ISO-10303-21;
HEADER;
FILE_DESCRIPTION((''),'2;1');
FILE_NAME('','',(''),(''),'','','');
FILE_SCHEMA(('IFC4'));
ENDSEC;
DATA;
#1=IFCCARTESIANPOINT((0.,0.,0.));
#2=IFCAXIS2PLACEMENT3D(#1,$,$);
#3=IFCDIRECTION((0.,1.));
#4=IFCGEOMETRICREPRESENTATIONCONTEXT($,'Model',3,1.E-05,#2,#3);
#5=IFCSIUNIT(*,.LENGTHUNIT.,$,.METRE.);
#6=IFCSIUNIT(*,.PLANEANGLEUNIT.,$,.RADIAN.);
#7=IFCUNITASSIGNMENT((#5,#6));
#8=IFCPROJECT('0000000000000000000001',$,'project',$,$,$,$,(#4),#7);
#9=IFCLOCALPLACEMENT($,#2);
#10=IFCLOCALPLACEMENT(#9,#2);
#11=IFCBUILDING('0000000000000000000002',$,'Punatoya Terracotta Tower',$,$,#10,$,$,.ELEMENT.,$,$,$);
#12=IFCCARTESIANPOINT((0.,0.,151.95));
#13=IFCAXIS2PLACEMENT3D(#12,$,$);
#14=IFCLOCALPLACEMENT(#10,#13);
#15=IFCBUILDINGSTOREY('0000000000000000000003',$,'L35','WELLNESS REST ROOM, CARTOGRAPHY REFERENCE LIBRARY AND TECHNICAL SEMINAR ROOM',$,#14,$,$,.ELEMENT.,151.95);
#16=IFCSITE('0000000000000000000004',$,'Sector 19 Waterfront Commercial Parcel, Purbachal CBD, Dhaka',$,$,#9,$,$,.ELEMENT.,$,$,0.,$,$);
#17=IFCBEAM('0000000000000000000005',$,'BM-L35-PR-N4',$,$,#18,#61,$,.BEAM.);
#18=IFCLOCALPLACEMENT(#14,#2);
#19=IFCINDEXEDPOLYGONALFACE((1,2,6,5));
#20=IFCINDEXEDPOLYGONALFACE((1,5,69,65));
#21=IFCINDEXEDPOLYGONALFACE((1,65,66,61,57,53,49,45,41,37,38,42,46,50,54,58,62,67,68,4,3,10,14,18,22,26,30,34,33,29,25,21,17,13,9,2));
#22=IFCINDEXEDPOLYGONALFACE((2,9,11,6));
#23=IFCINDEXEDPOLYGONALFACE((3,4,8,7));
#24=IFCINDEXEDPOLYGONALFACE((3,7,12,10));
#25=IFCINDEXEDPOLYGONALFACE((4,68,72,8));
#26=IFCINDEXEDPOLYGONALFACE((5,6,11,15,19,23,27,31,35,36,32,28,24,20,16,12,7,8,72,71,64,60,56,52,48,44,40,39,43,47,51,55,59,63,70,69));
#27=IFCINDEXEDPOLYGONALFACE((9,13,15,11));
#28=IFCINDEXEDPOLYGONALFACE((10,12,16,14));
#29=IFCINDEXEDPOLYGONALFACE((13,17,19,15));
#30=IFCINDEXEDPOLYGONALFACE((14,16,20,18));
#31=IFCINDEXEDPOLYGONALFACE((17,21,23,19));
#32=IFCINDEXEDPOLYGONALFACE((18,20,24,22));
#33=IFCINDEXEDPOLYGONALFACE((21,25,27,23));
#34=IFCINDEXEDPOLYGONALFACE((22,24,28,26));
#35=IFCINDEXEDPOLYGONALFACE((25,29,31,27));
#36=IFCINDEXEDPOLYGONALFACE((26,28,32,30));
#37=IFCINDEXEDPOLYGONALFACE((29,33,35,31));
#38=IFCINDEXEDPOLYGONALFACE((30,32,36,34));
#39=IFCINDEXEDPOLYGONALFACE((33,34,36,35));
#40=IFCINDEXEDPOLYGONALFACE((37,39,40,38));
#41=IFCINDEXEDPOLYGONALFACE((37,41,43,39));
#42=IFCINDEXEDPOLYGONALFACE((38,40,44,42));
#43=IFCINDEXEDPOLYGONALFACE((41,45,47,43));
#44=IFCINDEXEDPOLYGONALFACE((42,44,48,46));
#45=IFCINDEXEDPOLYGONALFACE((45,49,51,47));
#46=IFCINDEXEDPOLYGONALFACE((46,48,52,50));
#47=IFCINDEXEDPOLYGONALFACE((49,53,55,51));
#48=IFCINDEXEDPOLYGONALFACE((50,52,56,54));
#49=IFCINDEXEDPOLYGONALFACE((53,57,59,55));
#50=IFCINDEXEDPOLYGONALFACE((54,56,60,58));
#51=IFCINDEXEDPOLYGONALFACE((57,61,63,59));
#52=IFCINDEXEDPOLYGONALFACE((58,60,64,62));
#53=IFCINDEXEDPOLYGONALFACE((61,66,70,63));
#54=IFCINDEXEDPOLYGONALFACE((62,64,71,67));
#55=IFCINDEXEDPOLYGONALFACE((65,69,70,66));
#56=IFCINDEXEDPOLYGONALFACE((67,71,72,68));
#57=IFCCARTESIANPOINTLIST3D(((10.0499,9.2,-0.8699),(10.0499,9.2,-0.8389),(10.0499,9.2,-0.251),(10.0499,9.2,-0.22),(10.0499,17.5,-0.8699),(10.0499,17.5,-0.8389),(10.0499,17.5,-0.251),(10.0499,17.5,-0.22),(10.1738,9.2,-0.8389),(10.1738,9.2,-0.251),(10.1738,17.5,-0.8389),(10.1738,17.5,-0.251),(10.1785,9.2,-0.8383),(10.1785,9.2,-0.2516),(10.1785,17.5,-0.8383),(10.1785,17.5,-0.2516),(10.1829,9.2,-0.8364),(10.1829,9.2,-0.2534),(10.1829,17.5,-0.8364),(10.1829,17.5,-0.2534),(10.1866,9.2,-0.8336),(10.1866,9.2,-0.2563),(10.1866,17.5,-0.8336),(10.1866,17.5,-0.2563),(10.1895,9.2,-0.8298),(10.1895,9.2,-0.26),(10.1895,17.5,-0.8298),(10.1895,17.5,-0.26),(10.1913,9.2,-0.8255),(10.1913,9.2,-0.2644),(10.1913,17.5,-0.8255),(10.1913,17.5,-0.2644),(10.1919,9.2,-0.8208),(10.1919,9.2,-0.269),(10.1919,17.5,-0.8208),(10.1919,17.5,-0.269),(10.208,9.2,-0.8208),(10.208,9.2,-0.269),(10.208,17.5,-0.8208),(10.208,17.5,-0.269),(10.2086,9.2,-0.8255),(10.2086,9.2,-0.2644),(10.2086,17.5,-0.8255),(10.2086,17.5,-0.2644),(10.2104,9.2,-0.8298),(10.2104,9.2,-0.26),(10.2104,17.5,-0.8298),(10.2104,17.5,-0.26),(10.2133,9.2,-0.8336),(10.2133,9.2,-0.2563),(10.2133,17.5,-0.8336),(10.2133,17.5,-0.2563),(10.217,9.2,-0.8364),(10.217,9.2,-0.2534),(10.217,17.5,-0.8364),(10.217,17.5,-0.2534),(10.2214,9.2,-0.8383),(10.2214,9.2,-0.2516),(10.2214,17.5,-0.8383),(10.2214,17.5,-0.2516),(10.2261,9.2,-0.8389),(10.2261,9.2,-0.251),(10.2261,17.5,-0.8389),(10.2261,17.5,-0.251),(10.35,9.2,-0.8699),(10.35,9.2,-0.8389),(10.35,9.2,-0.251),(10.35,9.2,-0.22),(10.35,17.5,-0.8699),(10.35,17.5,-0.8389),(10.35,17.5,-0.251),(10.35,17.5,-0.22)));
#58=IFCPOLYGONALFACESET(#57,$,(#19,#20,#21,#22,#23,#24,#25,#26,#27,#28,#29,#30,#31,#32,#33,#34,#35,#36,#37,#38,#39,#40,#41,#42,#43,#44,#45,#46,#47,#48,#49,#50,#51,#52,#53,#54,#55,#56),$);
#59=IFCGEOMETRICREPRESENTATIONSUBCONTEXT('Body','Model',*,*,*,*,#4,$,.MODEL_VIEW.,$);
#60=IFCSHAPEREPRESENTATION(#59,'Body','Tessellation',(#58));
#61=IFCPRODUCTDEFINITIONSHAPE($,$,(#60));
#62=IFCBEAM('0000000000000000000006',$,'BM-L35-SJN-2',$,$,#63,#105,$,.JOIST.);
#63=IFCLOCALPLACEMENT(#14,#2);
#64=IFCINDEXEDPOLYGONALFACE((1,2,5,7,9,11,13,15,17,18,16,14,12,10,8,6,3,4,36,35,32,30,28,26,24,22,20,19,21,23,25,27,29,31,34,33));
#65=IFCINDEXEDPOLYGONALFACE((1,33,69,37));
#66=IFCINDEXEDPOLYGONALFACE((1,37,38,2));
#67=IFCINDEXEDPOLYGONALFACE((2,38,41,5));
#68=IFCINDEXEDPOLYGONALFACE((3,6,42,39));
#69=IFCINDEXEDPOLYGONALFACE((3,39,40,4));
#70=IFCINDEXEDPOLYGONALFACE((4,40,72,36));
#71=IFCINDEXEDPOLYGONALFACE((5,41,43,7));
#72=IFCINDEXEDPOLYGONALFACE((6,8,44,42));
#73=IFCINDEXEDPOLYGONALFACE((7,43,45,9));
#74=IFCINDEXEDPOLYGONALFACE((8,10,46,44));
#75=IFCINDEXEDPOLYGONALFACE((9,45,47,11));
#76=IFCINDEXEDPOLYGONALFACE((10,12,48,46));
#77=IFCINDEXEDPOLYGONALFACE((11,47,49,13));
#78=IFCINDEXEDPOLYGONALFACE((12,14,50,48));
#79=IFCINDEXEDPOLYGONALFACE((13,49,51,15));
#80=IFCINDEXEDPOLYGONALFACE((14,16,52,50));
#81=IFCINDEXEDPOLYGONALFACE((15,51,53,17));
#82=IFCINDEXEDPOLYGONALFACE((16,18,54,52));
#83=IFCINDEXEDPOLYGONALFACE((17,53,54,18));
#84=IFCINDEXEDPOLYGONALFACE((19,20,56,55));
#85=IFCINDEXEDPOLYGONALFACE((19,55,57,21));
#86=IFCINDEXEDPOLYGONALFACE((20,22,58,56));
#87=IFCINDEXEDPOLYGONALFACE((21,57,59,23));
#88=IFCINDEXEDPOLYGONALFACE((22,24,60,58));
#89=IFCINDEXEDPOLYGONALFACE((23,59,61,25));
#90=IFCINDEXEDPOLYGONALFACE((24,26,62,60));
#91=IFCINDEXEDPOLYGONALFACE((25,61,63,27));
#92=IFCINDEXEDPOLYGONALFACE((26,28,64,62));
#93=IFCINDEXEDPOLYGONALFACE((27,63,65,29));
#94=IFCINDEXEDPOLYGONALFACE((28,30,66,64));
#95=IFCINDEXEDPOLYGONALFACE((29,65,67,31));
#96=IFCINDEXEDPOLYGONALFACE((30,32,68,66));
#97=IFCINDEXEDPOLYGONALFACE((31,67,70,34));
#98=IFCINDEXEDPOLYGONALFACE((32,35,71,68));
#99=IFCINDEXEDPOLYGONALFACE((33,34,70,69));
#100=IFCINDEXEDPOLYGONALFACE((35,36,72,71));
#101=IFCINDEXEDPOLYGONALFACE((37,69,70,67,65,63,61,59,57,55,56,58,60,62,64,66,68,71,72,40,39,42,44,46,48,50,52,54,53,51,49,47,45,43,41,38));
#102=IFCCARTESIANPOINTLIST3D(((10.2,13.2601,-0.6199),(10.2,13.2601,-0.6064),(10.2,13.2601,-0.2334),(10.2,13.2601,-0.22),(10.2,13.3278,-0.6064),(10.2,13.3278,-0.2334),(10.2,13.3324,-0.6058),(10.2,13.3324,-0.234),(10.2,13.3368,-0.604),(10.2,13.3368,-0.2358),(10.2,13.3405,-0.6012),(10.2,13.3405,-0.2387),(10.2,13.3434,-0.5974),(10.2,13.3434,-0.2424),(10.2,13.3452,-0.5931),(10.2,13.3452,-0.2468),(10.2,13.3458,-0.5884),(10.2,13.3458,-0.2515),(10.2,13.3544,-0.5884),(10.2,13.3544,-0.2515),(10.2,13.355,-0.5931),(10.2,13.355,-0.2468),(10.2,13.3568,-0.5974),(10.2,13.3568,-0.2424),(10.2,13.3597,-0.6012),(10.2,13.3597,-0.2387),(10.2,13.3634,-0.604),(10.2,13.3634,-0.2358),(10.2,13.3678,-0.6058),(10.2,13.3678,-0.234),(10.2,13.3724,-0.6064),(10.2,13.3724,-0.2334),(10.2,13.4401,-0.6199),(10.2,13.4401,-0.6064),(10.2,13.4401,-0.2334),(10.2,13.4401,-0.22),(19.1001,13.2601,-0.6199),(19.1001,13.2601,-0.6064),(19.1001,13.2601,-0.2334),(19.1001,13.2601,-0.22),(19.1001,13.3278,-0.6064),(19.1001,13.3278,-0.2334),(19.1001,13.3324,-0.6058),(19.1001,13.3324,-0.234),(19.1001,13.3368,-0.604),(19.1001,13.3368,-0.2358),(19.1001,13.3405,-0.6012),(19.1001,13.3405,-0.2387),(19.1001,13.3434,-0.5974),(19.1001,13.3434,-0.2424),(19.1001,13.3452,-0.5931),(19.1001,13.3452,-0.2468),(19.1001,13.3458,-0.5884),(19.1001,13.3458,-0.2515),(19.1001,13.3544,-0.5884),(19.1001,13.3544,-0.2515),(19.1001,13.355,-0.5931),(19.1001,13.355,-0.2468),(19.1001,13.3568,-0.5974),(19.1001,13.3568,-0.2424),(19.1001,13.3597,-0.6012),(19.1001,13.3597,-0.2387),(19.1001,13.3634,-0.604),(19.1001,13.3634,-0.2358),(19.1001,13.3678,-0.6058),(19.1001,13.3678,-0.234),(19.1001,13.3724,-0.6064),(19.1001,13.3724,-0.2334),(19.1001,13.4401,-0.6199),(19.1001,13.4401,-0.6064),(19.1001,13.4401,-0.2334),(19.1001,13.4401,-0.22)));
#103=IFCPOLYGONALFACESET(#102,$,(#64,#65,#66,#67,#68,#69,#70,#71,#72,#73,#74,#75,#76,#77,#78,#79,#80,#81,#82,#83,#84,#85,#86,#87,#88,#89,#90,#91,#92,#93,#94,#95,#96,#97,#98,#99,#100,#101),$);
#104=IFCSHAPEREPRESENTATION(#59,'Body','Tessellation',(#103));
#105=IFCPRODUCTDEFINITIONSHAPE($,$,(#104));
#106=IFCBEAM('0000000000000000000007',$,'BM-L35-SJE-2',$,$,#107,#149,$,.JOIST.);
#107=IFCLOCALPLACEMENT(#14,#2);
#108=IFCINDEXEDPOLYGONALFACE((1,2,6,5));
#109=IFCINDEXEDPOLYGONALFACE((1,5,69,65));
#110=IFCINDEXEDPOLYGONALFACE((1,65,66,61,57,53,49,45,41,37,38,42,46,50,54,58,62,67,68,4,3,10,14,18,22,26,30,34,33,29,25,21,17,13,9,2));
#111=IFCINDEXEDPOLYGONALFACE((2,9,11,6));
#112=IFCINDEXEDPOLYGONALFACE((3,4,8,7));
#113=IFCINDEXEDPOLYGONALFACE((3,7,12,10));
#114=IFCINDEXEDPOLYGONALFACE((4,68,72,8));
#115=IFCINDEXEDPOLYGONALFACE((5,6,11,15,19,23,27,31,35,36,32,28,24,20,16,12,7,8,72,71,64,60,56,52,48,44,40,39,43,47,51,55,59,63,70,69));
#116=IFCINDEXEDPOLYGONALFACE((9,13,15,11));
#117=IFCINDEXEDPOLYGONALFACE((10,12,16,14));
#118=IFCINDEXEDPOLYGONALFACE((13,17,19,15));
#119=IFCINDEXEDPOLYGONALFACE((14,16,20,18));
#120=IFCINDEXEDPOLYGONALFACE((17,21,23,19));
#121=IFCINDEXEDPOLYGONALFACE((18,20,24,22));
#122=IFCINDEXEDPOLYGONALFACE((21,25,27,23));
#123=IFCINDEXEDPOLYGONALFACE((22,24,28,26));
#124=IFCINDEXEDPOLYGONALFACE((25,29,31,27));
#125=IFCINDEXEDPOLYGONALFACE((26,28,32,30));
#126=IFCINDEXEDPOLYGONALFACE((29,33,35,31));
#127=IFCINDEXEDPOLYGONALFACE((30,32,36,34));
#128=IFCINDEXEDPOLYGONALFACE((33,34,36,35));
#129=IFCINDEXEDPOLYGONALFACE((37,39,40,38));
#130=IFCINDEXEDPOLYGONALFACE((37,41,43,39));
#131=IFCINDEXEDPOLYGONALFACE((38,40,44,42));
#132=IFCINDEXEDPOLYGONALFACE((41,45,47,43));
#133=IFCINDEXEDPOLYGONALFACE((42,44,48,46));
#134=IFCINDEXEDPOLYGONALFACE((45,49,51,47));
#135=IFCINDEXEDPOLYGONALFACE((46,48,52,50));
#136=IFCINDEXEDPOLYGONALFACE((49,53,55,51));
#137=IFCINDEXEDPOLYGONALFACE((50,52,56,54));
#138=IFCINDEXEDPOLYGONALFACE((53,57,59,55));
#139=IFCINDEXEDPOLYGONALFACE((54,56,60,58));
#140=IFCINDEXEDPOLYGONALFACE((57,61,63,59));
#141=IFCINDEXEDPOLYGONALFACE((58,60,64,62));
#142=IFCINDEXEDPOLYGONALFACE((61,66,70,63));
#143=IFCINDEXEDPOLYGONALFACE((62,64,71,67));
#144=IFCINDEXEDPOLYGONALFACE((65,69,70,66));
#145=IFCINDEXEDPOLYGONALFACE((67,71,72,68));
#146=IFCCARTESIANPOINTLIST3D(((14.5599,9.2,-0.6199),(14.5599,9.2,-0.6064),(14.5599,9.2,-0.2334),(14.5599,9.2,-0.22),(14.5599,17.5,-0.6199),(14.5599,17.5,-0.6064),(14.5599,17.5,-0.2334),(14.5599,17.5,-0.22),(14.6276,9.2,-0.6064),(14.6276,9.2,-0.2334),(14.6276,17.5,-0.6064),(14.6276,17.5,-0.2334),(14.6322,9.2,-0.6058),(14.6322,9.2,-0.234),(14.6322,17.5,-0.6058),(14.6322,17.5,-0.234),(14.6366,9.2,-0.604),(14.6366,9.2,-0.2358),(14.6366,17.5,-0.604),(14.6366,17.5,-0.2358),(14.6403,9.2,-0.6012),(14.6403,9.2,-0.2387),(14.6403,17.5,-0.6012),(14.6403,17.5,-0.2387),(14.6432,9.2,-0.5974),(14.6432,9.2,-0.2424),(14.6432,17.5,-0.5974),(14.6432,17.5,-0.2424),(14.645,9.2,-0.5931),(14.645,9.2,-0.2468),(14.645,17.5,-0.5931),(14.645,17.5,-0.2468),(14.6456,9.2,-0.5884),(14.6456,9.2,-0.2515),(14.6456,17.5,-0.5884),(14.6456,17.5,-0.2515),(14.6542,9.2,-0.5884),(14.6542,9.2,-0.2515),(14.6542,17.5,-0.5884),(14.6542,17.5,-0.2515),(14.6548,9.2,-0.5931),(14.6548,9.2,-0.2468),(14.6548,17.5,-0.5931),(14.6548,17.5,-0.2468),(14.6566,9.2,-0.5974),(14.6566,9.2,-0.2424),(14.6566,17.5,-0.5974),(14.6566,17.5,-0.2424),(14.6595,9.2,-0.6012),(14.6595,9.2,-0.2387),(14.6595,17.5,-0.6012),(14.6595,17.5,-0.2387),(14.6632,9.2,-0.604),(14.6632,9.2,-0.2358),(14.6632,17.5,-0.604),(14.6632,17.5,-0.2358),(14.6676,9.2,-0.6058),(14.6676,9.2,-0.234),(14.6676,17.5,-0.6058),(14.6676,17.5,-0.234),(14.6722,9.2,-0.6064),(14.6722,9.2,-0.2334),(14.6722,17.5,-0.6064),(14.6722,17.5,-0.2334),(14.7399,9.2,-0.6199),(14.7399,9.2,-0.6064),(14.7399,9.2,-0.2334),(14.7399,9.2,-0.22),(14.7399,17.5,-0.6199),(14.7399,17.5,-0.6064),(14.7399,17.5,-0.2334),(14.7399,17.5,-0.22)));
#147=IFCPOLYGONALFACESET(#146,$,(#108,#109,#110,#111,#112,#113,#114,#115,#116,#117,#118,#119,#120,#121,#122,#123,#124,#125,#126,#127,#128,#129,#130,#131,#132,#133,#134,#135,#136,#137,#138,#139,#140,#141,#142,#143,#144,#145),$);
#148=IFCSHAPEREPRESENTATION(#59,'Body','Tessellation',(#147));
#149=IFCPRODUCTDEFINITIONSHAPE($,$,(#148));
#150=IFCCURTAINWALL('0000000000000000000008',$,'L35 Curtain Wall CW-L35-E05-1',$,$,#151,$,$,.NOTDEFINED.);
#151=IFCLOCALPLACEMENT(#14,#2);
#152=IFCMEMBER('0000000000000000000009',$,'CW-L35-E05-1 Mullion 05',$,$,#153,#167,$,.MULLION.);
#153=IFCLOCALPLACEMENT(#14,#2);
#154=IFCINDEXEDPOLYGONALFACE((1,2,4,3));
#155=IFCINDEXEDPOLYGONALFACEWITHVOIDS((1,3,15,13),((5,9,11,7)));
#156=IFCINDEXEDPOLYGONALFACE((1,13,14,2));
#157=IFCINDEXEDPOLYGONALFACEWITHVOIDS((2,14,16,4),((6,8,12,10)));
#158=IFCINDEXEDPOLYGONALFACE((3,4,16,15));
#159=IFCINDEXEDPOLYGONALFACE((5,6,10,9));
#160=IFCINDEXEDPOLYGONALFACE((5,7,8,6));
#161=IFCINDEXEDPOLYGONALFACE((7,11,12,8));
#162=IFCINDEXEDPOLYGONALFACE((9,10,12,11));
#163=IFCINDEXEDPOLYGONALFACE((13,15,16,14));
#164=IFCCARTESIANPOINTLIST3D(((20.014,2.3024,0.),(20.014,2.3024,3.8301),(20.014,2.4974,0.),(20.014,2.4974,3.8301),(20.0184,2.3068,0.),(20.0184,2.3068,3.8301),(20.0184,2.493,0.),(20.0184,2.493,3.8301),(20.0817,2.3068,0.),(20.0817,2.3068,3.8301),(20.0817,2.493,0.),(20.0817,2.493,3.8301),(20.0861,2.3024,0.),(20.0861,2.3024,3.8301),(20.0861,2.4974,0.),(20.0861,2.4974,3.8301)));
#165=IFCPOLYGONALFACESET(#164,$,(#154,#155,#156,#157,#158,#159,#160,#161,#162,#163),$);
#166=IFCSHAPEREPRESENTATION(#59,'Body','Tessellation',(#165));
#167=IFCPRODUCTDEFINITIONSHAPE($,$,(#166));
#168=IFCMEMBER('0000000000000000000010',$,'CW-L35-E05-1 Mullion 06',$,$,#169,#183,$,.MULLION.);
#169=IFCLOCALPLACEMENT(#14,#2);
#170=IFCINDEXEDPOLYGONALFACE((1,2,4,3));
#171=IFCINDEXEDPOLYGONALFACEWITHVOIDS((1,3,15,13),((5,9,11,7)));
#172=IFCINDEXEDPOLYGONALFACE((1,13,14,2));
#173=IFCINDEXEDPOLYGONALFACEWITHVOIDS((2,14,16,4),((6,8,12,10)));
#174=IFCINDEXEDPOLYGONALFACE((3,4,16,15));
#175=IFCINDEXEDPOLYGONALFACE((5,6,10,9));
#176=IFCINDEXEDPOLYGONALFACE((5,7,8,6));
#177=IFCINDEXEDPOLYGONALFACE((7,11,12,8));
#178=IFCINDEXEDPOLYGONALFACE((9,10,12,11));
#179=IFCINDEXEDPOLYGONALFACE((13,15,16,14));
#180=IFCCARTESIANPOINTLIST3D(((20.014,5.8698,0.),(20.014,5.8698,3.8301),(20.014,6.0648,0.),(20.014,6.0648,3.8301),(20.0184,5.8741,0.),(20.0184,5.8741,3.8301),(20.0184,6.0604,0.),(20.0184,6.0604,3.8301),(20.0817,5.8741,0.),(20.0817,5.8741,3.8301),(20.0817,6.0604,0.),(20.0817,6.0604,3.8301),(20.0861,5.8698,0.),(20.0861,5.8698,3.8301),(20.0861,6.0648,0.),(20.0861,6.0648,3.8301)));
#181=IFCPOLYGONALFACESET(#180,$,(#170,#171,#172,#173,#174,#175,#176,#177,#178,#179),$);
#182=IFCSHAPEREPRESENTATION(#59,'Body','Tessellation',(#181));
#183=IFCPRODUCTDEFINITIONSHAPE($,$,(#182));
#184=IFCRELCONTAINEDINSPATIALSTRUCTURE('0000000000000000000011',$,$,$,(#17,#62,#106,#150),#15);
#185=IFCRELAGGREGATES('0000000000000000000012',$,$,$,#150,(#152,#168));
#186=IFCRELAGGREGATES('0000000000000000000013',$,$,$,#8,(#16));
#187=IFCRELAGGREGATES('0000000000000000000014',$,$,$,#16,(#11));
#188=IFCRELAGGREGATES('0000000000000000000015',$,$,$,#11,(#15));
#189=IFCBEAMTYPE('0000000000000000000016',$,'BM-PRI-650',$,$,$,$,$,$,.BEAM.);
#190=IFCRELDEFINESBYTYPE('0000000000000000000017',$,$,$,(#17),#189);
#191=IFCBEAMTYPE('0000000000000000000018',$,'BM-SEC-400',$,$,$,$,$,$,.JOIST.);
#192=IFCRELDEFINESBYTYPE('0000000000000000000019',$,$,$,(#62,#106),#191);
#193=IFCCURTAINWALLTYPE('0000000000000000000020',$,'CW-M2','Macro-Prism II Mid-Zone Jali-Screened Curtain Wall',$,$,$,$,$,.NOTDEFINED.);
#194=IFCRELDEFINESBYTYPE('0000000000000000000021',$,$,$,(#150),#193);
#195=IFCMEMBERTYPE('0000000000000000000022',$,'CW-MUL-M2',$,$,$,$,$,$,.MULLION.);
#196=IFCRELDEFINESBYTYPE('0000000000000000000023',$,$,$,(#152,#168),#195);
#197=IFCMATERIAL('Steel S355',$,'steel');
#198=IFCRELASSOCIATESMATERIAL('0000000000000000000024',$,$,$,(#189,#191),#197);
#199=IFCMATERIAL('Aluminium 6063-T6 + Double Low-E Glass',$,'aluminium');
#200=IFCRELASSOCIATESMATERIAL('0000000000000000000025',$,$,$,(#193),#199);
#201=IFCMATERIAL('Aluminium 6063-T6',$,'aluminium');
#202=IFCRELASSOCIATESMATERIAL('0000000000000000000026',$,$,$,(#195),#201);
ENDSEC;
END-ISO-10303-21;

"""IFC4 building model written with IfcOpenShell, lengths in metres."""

from ifc_helpers import new_model, si_unit, direction, frame, origin, origin_2d, place, context, subcontext, project, spatial, hollow_rectangle, i_section, extrude, material, material_profile, profile_set, type_object, element, aggregate, save


model = new_model("IFC4")

# Units and contexts
model_context = context("Model", 3, precision=1e-05, world=origin(), true_north=direction((0.0, 1.0)))
body_context = subcontext(model_context, "Body", "Model", "MODEL_VIEW")
ifc_project = project(units=[si_unit("LENGTHUNIT", "METRE"), si_unit("PLANEANGLEUNIT", "RADIAN")], contexts=[model_context])

# Site, building, storey
site_placement = place(None, origin())
site = spatial("IfcSite", under=ifc_project, at=site_placement, Name="Sector 19 Waterfront Commercial Parcel, Purbachal CBD, Dhaka", CompositionType="ELEMENT", RefElevation=0.0)
building_placement = place(site_placement, origin())
building = spatial("IfcBuilding", under=site, at=building_placement, Name="Punatoya Terracotta Tower", CompositionType="ELEMENT")
storey_placement = place(building_placement, frame((0.0, 0.0, 151.95)))
storey = spatial("IfcBuildingStorey", under=building, at=storey_placement, Name="L35", Description="WELLNESS REST ROOM, CARTOGRAPHY REFERENCE LIBRARY AND TECHNICAL SEMINAR ROOM", CompositionType="ELEMENT", Elevation=151.95)

# Beams
ifc_material_1 = material(Name="Steel S355", Category="steel")
ifc_material_profile_1 = material_profile(ifc_material_1, i_section(OverallWidth=0.3, OverallDepth=0.6499, WebThickness=0.0161, FlangeThickness=0.031, FilletRadius=0.0181, at=origin_2d()))
ifc_profile_set_1 = profile_set([ifc_material_profile_1], Name="Steel S355")
beam_type_1 = type_object("IfcBeamType", Name="BM-PRI-650", PredefinedType="BEAM", material=ifc_profile_set_1)
beam_1_placement = place(storey_placement, frame((10.2, 9.2, -0.5449), z_axis=(0.0, 1.0, 0.0), x_axis=(-1.0, 0.0, 0.0)))
element("IfcBeam", 1, at=beam_1_placement, inside=storey, type_object=beam_type_1, Name="BM-L35-PR-N4", PredefinedType="BEAM", context=body_context, shape_type="SweptSolid", body=[
    extrude(i_section(OverallWidth=0.3, OverallDepth=0.6499, WebThickness=0.0161, FlangeThickness=0.031, FilletRadius=0.0181, at=origin_2d()), origin(), (0.0, 0.0, 1.0), 8.3),
])
ifc_material_profile_2 = material_profile(ifc_material_1, i_section(OverallWidth=0.1799, OverallDepth=0.3999, WebThickness=0.0085, FlangeThickness=0.0134, FilletRadius=0.0181, at=origin_2d()))
ifc_profile_set_2 = profile_set([ifc_material_profile_2], Name="Steel S355")
beam_type_2 = type_object("IfcBeamType", Name="BM-SEC-400", PredefinedType="JOIST", material=ifc_profile_set_2)
beam_2_placement = place(storey_placement, frame((10.2, 13.3501, -0.4199), z_axis=(1.0, 0.0, 0.0), x_axis=(0.0, 1.0, 0.0)))
element("IfcBeam", 2, at=beam_2_placement, inside=storey, type_object=beam_type_2, Name="BM-L35-SJN-2", PredefinedType="JOIST", context=body_context, shape_type="SweptSolid", body=[
    extrude(i_section(OverallWidth=0.1799, OverallDepth=0.3999, WebThickness=0.0085, FlangeThickness=0.0134, FilletRadius=0.0181, at=origin_2d()), origin(), (0.0, 0.0, 1.0), 8.9001),
])
beam_3_placement = place(storey_placement, frame((14.6499, 9.2, -0.4199), z_axis=(0.0, 1.0, 0.0), x_axis=(-1.0, 0.0, 0.0)))
element("IfcBeam", 3, at=beam_3_placement, inside=storey, type_object=beam_type_2, Name="BM-L35-SJE-2", PredefinedType="JOIST", context=body_context, shape_type="SweptSolid", body=[
    extrude(i_section(OverallWidth=0.1799, OverallDepth=0.3999, WebThickness=0.0085, FlangeThickness=0.0134, FilletRadius=0.0181, at=origin_2d()), origin(), (0.0, 0.0, 1.0), 8.3),
])

# Curtain wall, members
ifc_material_2 = material(Name="Aluminium 6063-T6 + Double Low-E Glass", Category="aluminium")
curtain_wall_type = type_object("IfcCurtainWallType", Name="CW-M2", Description="Macro-Prism II Mid-Zone Jali-Screened Curtain Wall", PredefinedType="NOTDEFINED", material=ifc_material_2)
curtain_wall_placement = place(storey_placement, origin())
curtain_wall = element("IfcCurtainWall", 4, at=curtain_wall_placement, inside=storey, type_object=curtain_wall_type, Name="L35 Curtain Wall CW-L35-E05-1", PredefinedType="NOTDEFINED")
ifc_material_3 = material(Name="Aluminium 6063-T6", Category="aluminium")
ifc_material_profile_3 = material_profile(ifc_material_3, hollow_rectangle(XDim=0.072, YDim=0.1951, WallThickness=0.0044, at=origin_2d()))
ifc_profile_set_3 = profile_set([ifc_material_profile_3], Name="Aluminium 6063-T6")
member_type = type_object("IfcMemberType", Name="CW-MUL-M2", PredefinedType="MULLION", material=ifc_profile_set_3)
member_1_placement = place(storey_placement, frame((20.05, 2.3999, 0.0), z_axis=(0.0, 0.0, 1.0), x_axis=(1.0, 0.0, 0.0)))
member_1 = element("IfcMember", 5, at=member_1_placement, type_object=member_type, Name="CW-L35-E05-1 Mullion 05", PredefinedType="MULLION", context=body_context, shape_type="SweptSolid", body=[
    extrude(hollow_rectangle(XDim=0.072, YDim=0.1951, WallThickness=0.0044, at=origin_2d()), origin(), (0.0, 0.0, 1.0), 3.8301),
])
member_2_placement = place(storey_placement, frame((20.05, 5.9673, 0.0), z_axis=(0.0, 0.0, 1.0), x_axis=(1.0, 0.0, 0.0)))
member_2 = element("IfcMember", 6, at=member_2_placement, type_object=member_type, Name="CW-L35-E05-1 Mullion 06", PredefinedType="MULLION", context=body_context, shape_type="SweptSolid", body=[
    extrude(hollow_rectangle(XDim=0.072, YDim=0.1951, WallThickness=0.0044, at=origin_2d()), origin(), (0.0, 0.0, 1.0), 3.8301),
])
aggregate(curtain_wall, [member_1, member_2])

save(model, "model.ifc")
